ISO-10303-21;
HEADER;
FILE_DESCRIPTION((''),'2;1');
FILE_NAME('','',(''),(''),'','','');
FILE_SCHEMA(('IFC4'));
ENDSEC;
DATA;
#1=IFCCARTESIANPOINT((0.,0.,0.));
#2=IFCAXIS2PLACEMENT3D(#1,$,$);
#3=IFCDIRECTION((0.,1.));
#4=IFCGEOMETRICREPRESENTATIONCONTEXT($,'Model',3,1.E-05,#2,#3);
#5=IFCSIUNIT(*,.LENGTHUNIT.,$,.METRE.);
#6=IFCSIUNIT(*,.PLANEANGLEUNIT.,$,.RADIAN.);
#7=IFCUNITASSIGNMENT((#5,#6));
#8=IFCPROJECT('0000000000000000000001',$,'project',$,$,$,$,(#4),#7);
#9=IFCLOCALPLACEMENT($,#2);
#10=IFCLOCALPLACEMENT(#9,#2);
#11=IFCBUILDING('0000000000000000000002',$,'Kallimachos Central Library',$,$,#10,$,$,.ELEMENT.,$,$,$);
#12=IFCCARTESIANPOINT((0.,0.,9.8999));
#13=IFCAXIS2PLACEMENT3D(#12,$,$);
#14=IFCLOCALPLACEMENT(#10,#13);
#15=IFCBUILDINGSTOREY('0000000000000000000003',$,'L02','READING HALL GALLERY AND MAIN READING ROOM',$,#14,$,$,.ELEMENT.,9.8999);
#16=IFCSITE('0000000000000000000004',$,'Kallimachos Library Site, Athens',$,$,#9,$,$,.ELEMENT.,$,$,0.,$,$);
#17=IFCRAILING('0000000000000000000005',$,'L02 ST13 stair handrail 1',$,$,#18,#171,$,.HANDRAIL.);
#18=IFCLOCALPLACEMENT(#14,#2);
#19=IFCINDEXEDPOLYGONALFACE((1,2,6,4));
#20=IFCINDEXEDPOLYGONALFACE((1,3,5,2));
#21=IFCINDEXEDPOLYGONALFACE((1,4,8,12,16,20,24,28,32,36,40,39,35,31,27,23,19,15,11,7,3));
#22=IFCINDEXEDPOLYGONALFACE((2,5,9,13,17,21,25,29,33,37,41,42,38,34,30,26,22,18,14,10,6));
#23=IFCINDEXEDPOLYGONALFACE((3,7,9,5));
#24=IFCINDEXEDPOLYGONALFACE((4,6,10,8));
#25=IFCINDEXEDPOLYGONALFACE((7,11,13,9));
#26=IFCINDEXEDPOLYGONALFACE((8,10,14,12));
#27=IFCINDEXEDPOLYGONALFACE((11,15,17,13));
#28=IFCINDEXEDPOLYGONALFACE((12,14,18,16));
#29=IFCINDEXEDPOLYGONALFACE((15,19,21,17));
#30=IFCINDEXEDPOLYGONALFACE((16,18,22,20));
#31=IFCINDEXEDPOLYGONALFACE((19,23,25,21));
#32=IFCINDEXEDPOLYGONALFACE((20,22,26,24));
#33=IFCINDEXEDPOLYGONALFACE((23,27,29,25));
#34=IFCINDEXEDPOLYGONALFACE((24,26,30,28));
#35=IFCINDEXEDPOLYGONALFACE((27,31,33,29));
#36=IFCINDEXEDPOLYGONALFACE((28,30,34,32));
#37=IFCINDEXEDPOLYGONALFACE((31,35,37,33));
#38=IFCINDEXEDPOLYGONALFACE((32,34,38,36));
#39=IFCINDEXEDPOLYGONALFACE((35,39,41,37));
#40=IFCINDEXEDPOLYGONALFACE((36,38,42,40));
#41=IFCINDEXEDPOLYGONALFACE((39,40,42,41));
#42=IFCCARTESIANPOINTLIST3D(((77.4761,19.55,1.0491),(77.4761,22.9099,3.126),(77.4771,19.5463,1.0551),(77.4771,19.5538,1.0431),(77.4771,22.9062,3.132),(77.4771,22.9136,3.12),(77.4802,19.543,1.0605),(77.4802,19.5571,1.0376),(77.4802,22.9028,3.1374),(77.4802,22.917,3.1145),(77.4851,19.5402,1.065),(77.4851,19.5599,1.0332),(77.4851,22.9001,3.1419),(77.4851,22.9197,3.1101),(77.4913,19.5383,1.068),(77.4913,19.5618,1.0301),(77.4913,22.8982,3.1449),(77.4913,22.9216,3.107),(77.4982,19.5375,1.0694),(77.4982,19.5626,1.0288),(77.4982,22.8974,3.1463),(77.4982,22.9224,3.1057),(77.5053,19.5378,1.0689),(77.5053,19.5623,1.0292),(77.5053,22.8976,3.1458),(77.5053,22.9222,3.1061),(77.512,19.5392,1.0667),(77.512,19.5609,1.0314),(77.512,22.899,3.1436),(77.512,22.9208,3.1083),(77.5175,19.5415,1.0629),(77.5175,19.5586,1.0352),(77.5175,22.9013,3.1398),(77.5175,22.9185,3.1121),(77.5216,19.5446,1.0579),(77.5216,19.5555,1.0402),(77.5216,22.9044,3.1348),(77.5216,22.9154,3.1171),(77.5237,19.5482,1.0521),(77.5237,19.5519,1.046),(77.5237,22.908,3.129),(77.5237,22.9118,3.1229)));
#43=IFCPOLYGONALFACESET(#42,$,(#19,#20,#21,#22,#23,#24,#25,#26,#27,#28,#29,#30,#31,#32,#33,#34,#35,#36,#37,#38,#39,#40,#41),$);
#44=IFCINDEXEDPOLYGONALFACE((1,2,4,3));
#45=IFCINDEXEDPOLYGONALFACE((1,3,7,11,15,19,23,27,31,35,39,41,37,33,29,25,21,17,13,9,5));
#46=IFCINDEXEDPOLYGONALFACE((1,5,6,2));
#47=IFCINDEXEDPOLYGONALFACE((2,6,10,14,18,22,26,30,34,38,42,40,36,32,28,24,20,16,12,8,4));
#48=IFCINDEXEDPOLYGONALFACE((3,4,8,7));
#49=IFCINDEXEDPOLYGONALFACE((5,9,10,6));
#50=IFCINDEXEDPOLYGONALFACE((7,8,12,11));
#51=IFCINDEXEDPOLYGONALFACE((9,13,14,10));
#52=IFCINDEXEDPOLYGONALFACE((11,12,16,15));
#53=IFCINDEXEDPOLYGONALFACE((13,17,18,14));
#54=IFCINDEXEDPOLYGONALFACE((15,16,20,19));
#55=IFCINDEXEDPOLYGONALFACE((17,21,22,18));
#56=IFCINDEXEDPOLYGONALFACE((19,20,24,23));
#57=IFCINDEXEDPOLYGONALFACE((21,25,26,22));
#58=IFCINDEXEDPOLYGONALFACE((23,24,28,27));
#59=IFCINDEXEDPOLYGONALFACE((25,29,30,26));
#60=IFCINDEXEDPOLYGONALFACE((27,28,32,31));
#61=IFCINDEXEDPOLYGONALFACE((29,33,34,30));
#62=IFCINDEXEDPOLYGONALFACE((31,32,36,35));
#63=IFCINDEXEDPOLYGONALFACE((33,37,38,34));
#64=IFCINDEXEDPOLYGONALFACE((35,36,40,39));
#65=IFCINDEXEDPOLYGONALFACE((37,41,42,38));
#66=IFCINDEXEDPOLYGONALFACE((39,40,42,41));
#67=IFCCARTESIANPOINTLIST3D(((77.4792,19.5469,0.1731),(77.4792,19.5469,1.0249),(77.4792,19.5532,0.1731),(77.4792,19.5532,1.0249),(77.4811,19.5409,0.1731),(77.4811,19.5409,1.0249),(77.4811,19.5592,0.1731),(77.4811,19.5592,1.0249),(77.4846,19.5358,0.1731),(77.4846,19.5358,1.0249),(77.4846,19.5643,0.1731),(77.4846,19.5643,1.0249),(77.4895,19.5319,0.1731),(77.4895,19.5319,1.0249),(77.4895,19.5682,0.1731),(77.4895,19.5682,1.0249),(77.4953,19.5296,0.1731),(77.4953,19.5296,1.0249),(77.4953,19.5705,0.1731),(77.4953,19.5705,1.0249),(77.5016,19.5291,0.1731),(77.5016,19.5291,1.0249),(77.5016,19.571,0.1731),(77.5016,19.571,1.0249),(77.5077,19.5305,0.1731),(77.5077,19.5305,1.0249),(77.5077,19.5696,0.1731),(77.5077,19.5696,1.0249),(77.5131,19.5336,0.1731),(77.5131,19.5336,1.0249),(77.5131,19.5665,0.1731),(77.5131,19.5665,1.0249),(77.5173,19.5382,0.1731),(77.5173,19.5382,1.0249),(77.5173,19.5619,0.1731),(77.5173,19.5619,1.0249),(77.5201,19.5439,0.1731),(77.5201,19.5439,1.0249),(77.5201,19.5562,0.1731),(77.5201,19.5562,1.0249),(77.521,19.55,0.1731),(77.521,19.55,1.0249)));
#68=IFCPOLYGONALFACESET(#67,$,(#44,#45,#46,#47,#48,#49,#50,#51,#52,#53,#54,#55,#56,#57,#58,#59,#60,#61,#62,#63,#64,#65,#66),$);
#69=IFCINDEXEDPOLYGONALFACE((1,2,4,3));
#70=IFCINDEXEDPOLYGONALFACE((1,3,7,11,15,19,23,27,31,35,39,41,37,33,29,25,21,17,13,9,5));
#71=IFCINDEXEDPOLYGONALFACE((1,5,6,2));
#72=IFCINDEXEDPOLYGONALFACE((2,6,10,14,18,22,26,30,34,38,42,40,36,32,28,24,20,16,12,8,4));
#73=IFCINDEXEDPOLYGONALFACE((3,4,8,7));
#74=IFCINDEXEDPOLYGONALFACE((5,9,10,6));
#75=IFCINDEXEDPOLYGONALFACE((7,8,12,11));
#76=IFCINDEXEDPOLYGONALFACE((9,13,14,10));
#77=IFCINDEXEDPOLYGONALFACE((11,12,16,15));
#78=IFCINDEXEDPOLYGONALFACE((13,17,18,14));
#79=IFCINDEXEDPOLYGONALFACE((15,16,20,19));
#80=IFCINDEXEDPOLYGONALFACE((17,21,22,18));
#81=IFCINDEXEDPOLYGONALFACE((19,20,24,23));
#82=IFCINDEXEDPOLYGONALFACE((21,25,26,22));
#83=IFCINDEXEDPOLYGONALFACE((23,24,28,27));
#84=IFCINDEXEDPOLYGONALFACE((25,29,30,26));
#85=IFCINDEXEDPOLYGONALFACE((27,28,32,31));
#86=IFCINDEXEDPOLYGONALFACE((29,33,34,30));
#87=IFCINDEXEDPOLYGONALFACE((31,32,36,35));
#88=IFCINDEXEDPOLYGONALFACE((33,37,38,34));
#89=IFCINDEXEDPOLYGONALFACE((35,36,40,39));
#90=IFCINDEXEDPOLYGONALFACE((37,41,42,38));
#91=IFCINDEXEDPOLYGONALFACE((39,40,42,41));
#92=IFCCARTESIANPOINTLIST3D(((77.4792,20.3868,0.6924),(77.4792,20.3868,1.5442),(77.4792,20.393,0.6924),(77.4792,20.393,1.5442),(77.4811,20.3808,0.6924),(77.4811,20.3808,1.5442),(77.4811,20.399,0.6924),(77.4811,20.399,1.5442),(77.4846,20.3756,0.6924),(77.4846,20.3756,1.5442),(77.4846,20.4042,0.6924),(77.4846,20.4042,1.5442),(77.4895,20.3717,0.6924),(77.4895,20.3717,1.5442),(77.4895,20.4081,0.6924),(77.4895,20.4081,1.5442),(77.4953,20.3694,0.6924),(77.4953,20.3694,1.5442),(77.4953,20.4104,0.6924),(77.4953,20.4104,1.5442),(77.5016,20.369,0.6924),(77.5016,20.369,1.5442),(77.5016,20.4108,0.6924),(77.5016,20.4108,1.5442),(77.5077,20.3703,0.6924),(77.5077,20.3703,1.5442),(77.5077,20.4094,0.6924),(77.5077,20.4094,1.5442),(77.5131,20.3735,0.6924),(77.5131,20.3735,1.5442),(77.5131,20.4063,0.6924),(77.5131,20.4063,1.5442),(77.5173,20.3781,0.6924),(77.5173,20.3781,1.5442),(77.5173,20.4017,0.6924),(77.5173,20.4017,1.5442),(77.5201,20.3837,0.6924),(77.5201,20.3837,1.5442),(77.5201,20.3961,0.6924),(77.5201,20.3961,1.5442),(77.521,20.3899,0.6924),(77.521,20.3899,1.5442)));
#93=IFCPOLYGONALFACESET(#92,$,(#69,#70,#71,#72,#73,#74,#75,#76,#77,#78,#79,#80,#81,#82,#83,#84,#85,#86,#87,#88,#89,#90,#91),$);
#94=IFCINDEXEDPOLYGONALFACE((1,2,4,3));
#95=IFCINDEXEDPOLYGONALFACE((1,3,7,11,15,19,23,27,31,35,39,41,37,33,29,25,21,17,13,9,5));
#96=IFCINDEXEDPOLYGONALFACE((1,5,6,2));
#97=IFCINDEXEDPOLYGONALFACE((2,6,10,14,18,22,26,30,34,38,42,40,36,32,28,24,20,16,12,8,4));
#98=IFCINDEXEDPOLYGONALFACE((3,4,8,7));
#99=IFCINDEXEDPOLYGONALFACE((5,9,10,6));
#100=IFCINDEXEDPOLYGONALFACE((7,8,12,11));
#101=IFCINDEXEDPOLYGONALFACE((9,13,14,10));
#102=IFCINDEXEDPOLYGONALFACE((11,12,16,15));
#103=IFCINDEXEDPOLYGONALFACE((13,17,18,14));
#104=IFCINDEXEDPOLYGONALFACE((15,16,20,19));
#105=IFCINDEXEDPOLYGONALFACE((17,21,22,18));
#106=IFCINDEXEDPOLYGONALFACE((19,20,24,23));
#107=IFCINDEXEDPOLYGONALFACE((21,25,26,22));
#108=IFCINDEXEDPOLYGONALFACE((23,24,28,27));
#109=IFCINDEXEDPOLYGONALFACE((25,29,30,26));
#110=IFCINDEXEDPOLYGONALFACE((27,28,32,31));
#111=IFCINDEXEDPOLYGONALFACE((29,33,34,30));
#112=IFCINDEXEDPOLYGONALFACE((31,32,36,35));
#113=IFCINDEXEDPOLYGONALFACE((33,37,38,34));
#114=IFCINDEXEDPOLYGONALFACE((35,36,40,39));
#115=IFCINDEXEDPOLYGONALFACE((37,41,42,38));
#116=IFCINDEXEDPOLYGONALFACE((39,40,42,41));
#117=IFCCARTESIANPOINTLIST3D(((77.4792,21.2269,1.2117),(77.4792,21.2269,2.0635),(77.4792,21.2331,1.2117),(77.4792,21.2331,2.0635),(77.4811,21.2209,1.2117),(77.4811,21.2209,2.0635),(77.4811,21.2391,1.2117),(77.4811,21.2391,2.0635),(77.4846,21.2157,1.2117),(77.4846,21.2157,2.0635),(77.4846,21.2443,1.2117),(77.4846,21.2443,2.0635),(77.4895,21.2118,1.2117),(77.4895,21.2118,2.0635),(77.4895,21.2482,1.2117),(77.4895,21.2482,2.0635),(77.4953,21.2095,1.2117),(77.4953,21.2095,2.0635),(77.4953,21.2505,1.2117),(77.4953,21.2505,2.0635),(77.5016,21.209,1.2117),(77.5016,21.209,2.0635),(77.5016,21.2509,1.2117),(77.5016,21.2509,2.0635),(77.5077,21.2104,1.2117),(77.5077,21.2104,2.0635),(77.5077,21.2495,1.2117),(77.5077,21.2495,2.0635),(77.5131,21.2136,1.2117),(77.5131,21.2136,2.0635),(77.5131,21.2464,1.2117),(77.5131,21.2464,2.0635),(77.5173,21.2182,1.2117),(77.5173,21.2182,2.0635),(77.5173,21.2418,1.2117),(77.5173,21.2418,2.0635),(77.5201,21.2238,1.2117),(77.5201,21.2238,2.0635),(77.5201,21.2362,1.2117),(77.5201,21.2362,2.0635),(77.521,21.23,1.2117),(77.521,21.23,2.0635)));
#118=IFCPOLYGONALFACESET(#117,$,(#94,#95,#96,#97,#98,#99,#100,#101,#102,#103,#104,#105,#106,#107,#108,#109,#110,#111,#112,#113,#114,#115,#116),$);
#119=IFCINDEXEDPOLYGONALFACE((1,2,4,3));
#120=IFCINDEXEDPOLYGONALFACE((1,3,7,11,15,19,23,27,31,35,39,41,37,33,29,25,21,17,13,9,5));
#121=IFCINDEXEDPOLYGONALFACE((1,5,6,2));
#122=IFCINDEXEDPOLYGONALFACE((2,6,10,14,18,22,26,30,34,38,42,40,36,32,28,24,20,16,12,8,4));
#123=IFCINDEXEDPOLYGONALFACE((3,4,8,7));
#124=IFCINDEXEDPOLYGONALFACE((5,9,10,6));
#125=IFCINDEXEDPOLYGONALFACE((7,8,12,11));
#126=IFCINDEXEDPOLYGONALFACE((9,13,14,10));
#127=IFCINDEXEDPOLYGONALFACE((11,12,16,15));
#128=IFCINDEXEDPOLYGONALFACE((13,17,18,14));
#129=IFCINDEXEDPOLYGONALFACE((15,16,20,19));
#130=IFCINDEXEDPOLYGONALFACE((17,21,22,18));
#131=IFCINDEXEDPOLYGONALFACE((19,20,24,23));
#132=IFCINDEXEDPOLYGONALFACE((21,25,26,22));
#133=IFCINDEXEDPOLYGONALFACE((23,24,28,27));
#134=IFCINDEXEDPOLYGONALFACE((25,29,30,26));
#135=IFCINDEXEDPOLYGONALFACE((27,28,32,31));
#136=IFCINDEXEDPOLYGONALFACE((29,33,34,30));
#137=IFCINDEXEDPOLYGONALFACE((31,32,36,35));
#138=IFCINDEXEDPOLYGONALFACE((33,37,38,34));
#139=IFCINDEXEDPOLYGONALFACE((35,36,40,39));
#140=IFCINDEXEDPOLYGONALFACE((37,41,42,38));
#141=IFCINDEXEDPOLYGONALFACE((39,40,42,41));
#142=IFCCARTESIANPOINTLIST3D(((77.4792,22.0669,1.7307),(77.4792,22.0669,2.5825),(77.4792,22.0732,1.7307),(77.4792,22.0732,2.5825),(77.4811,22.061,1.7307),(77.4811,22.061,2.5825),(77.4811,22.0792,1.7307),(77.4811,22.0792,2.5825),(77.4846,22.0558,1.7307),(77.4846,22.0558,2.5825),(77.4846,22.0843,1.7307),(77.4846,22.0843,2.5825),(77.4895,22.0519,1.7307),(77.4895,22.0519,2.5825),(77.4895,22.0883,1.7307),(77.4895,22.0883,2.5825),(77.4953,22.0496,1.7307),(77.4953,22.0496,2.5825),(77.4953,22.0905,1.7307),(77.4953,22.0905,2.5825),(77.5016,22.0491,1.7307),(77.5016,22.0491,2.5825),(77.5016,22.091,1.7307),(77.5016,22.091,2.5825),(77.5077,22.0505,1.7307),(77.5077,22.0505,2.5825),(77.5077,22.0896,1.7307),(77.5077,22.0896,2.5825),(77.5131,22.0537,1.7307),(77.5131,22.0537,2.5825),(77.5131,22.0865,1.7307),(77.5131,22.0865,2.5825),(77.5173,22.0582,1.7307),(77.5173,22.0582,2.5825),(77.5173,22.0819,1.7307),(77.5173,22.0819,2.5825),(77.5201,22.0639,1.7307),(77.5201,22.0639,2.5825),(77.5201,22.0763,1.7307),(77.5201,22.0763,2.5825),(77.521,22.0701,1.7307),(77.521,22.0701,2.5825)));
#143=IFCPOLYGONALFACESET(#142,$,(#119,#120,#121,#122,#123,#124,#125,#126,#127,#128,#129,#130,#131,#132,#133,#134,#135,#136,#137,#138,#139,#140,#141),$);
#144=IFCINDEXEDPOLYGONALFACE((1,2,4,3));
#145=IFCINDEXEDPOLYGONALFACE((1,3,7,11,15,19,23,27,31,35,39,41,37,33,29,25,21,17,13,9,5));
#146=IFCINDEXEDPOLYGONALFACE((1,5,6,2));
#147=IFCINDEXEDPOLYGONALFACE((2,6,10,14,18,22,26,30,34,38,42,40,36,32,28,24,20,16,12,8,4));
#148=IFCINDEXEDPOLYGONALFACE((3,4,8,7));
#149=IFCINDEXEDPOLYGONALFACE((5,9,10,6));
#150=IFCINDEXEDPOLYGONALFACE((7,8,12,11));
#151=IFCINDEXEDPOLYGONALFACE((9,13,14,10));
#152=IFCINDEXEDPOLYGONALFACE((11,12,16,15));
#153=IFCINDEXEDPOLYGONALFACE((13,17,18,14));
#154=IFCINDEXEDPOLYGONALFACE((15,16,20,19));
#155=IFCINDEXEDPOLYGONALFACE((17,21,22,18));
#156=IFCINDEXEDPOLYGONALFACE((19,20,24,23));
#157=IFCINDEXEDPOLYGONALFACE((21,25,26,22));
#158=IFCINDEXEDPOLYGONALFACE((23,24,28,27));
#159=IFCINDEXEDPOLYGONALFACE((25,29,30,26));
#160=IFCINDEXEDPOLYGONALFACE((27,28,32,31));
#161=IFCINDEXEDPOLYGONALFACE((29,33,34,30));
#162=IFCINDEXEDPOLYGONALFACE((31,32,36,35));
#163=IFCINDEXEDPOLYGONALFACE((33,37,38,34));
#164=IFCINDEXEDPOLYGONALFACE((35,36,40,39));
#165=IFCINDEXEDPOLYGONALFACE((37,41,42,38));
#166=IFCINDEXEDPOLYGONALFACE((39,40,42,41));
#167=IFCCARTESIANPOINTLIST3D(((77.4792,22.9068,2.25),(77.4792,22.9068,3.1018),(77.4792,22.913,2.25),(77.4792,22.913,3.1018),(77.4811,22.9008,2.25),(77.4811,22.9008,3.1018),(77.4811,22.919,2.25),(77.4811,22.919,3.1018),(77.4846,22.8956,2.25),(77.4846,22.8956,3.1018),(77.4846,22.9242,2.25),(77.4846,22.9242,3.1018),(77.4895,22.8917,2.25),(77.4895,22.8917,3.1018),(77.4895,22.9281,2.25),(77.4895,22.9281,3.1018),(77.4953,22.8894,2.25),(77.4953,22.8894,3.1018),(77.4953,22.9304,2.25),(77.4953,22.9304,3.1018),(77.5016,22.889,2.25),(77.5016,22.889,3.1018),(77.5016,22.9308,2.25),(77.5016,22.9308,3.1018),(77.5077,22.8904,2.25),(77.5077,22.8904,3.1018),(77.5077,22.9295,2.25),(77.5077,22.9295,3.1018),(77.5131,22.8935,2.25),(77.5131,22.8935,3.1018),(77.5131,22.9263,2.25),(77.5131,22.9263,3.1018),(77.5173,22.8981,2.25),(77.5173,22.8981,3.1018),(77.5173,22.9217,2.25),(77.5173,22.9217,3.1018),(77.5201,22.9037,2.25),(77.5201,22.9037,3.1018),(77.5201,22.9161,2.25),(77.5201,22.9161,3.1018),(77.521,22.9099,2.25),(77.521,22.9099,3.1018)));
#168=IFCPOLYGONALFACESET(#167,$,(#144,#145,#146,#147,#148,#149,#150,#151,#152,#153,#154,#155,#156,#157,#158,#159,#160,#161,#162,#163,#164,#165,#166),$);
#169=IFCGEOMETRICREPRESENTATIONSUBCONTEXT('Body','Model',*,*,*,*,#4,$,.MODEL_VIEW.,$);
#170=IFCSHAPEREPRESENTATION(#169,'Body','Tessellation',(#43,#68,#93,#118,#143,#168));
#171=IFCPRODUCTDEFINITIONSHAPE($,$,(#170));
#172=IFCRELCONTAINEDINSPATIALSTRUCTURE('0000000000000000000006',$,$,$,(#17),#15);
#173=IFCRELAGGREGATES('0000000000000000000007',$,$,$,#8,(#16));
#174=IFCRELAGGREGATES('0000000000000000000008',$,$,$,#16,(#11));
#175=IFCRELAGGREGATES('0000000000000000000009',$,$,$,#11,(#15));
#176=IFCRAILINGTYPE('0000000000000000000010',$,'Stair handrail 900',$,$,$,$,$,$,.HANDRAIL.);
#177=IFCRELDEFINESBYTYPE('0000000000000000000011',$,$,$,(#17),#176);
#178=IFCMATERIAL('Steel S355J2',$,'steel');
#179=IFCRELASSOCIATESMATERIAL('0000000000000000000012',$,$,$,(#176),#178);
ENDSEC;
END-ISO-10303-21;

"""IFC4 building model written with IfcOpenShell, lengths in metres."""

from ifc_helpers import new_model, si_unit, direction, frame, origin, origin_2d, place, context, subcontext, project, spatial, circle, extrude, material, type_object, element, save


model = new_model("IFC4")

# Units and contexts
model_context = context("Model", 3, precision=1e-05, world=origin(), true_north=direction((0.0, 1.0)))
body_context = subcontext(model_context, "Body", "Model", "MODEL_VIEW")
ifc_project = project(units=[si_unit("LENGTHUNIT", "METRE"), si_unit("PLANEANGLEUNIT", "RADIAN")], contexts=[model_context])

# Site, building, storey
site_placement = place(None, origin())
site = spatial("IfcSite", under=ifc_project, at=site_placement, Name="Kallimachos Library Site, Athens", CompositionType="ELEMENT", RefElevation=0.0)
building_placement = place(site_placement, origin())
building = spatial("IfcBuilding", under=site, at=building_placement, Name="Kallimachos Central Library", CompositionType="ELEMENT")
storey_placement = place(building_placement, frame((0.0, 0.0, 9.8999)))
storey = spatial("IfcBuildingStorey", under=building, at=storey_placement, Name="L02", Description="READING HALL GALLERY AND MAIN READING ROOM", CompositionType="ELEMENT", Elevation=9.8999)

# Railing
ifc_material_1 = material(Name="Steel S355J2", Category="steel")
railing_type_1 = type_object("IfcRailingType", Name="Stair handrail 900", PredefinedType="HANDRAIL", material=ifc_material_1)
railing_1_placement = place(storey_placement, frame((77.5, 19.55, 0.1731)))
element("IfcRailing", 1, at=railing_1_placement, inside=storey, type_object=railing_type_1, Name="L02 ST13 stair handrail 1", PredefinedType="HANDRAIL", context=body_context, shape_type="SweptSolid", body=[
    extrude(circle(Radius=0.0239, at=origin_2d()), frame((0.0, 0.0, 0.876), z_axis=(0.0, 0.850606, 0.525803), x_axis=(-1.0, 0.0, 0.0)), (0.0, 0.0, 1.0), 3.95),
    extrude(circle(Radius=0.021, at=origin_2d()), origin(), (0.0, 0.0, 1.0), 0.8518),
    extrude(circle(Radius=0.021, at=origin_2d()), frame((0.0, 0.8398, 0.5193)), (0.0, 0.0, 1.0), 0.8518),
    extrude(circle(Radius=0.021, at=origin_2d()), frame((0.0, 1.6799, 1.0386)), (0.0, 0.0, 1.0), 0.8518),
    extrude(circle(Radius=0.021, at=origin_2d()), frame((0.0, 2.52, 1.5576)), (0.0, 0.0, 1.0), 0.8518),
    extrude(circle(Radius=0.021, at=origin_2d()), frame((0.0, 3.3599, 2.0769)), (0.0, 0.0, 1.0), 0.8518),
])

save(model, "model.ifc")
